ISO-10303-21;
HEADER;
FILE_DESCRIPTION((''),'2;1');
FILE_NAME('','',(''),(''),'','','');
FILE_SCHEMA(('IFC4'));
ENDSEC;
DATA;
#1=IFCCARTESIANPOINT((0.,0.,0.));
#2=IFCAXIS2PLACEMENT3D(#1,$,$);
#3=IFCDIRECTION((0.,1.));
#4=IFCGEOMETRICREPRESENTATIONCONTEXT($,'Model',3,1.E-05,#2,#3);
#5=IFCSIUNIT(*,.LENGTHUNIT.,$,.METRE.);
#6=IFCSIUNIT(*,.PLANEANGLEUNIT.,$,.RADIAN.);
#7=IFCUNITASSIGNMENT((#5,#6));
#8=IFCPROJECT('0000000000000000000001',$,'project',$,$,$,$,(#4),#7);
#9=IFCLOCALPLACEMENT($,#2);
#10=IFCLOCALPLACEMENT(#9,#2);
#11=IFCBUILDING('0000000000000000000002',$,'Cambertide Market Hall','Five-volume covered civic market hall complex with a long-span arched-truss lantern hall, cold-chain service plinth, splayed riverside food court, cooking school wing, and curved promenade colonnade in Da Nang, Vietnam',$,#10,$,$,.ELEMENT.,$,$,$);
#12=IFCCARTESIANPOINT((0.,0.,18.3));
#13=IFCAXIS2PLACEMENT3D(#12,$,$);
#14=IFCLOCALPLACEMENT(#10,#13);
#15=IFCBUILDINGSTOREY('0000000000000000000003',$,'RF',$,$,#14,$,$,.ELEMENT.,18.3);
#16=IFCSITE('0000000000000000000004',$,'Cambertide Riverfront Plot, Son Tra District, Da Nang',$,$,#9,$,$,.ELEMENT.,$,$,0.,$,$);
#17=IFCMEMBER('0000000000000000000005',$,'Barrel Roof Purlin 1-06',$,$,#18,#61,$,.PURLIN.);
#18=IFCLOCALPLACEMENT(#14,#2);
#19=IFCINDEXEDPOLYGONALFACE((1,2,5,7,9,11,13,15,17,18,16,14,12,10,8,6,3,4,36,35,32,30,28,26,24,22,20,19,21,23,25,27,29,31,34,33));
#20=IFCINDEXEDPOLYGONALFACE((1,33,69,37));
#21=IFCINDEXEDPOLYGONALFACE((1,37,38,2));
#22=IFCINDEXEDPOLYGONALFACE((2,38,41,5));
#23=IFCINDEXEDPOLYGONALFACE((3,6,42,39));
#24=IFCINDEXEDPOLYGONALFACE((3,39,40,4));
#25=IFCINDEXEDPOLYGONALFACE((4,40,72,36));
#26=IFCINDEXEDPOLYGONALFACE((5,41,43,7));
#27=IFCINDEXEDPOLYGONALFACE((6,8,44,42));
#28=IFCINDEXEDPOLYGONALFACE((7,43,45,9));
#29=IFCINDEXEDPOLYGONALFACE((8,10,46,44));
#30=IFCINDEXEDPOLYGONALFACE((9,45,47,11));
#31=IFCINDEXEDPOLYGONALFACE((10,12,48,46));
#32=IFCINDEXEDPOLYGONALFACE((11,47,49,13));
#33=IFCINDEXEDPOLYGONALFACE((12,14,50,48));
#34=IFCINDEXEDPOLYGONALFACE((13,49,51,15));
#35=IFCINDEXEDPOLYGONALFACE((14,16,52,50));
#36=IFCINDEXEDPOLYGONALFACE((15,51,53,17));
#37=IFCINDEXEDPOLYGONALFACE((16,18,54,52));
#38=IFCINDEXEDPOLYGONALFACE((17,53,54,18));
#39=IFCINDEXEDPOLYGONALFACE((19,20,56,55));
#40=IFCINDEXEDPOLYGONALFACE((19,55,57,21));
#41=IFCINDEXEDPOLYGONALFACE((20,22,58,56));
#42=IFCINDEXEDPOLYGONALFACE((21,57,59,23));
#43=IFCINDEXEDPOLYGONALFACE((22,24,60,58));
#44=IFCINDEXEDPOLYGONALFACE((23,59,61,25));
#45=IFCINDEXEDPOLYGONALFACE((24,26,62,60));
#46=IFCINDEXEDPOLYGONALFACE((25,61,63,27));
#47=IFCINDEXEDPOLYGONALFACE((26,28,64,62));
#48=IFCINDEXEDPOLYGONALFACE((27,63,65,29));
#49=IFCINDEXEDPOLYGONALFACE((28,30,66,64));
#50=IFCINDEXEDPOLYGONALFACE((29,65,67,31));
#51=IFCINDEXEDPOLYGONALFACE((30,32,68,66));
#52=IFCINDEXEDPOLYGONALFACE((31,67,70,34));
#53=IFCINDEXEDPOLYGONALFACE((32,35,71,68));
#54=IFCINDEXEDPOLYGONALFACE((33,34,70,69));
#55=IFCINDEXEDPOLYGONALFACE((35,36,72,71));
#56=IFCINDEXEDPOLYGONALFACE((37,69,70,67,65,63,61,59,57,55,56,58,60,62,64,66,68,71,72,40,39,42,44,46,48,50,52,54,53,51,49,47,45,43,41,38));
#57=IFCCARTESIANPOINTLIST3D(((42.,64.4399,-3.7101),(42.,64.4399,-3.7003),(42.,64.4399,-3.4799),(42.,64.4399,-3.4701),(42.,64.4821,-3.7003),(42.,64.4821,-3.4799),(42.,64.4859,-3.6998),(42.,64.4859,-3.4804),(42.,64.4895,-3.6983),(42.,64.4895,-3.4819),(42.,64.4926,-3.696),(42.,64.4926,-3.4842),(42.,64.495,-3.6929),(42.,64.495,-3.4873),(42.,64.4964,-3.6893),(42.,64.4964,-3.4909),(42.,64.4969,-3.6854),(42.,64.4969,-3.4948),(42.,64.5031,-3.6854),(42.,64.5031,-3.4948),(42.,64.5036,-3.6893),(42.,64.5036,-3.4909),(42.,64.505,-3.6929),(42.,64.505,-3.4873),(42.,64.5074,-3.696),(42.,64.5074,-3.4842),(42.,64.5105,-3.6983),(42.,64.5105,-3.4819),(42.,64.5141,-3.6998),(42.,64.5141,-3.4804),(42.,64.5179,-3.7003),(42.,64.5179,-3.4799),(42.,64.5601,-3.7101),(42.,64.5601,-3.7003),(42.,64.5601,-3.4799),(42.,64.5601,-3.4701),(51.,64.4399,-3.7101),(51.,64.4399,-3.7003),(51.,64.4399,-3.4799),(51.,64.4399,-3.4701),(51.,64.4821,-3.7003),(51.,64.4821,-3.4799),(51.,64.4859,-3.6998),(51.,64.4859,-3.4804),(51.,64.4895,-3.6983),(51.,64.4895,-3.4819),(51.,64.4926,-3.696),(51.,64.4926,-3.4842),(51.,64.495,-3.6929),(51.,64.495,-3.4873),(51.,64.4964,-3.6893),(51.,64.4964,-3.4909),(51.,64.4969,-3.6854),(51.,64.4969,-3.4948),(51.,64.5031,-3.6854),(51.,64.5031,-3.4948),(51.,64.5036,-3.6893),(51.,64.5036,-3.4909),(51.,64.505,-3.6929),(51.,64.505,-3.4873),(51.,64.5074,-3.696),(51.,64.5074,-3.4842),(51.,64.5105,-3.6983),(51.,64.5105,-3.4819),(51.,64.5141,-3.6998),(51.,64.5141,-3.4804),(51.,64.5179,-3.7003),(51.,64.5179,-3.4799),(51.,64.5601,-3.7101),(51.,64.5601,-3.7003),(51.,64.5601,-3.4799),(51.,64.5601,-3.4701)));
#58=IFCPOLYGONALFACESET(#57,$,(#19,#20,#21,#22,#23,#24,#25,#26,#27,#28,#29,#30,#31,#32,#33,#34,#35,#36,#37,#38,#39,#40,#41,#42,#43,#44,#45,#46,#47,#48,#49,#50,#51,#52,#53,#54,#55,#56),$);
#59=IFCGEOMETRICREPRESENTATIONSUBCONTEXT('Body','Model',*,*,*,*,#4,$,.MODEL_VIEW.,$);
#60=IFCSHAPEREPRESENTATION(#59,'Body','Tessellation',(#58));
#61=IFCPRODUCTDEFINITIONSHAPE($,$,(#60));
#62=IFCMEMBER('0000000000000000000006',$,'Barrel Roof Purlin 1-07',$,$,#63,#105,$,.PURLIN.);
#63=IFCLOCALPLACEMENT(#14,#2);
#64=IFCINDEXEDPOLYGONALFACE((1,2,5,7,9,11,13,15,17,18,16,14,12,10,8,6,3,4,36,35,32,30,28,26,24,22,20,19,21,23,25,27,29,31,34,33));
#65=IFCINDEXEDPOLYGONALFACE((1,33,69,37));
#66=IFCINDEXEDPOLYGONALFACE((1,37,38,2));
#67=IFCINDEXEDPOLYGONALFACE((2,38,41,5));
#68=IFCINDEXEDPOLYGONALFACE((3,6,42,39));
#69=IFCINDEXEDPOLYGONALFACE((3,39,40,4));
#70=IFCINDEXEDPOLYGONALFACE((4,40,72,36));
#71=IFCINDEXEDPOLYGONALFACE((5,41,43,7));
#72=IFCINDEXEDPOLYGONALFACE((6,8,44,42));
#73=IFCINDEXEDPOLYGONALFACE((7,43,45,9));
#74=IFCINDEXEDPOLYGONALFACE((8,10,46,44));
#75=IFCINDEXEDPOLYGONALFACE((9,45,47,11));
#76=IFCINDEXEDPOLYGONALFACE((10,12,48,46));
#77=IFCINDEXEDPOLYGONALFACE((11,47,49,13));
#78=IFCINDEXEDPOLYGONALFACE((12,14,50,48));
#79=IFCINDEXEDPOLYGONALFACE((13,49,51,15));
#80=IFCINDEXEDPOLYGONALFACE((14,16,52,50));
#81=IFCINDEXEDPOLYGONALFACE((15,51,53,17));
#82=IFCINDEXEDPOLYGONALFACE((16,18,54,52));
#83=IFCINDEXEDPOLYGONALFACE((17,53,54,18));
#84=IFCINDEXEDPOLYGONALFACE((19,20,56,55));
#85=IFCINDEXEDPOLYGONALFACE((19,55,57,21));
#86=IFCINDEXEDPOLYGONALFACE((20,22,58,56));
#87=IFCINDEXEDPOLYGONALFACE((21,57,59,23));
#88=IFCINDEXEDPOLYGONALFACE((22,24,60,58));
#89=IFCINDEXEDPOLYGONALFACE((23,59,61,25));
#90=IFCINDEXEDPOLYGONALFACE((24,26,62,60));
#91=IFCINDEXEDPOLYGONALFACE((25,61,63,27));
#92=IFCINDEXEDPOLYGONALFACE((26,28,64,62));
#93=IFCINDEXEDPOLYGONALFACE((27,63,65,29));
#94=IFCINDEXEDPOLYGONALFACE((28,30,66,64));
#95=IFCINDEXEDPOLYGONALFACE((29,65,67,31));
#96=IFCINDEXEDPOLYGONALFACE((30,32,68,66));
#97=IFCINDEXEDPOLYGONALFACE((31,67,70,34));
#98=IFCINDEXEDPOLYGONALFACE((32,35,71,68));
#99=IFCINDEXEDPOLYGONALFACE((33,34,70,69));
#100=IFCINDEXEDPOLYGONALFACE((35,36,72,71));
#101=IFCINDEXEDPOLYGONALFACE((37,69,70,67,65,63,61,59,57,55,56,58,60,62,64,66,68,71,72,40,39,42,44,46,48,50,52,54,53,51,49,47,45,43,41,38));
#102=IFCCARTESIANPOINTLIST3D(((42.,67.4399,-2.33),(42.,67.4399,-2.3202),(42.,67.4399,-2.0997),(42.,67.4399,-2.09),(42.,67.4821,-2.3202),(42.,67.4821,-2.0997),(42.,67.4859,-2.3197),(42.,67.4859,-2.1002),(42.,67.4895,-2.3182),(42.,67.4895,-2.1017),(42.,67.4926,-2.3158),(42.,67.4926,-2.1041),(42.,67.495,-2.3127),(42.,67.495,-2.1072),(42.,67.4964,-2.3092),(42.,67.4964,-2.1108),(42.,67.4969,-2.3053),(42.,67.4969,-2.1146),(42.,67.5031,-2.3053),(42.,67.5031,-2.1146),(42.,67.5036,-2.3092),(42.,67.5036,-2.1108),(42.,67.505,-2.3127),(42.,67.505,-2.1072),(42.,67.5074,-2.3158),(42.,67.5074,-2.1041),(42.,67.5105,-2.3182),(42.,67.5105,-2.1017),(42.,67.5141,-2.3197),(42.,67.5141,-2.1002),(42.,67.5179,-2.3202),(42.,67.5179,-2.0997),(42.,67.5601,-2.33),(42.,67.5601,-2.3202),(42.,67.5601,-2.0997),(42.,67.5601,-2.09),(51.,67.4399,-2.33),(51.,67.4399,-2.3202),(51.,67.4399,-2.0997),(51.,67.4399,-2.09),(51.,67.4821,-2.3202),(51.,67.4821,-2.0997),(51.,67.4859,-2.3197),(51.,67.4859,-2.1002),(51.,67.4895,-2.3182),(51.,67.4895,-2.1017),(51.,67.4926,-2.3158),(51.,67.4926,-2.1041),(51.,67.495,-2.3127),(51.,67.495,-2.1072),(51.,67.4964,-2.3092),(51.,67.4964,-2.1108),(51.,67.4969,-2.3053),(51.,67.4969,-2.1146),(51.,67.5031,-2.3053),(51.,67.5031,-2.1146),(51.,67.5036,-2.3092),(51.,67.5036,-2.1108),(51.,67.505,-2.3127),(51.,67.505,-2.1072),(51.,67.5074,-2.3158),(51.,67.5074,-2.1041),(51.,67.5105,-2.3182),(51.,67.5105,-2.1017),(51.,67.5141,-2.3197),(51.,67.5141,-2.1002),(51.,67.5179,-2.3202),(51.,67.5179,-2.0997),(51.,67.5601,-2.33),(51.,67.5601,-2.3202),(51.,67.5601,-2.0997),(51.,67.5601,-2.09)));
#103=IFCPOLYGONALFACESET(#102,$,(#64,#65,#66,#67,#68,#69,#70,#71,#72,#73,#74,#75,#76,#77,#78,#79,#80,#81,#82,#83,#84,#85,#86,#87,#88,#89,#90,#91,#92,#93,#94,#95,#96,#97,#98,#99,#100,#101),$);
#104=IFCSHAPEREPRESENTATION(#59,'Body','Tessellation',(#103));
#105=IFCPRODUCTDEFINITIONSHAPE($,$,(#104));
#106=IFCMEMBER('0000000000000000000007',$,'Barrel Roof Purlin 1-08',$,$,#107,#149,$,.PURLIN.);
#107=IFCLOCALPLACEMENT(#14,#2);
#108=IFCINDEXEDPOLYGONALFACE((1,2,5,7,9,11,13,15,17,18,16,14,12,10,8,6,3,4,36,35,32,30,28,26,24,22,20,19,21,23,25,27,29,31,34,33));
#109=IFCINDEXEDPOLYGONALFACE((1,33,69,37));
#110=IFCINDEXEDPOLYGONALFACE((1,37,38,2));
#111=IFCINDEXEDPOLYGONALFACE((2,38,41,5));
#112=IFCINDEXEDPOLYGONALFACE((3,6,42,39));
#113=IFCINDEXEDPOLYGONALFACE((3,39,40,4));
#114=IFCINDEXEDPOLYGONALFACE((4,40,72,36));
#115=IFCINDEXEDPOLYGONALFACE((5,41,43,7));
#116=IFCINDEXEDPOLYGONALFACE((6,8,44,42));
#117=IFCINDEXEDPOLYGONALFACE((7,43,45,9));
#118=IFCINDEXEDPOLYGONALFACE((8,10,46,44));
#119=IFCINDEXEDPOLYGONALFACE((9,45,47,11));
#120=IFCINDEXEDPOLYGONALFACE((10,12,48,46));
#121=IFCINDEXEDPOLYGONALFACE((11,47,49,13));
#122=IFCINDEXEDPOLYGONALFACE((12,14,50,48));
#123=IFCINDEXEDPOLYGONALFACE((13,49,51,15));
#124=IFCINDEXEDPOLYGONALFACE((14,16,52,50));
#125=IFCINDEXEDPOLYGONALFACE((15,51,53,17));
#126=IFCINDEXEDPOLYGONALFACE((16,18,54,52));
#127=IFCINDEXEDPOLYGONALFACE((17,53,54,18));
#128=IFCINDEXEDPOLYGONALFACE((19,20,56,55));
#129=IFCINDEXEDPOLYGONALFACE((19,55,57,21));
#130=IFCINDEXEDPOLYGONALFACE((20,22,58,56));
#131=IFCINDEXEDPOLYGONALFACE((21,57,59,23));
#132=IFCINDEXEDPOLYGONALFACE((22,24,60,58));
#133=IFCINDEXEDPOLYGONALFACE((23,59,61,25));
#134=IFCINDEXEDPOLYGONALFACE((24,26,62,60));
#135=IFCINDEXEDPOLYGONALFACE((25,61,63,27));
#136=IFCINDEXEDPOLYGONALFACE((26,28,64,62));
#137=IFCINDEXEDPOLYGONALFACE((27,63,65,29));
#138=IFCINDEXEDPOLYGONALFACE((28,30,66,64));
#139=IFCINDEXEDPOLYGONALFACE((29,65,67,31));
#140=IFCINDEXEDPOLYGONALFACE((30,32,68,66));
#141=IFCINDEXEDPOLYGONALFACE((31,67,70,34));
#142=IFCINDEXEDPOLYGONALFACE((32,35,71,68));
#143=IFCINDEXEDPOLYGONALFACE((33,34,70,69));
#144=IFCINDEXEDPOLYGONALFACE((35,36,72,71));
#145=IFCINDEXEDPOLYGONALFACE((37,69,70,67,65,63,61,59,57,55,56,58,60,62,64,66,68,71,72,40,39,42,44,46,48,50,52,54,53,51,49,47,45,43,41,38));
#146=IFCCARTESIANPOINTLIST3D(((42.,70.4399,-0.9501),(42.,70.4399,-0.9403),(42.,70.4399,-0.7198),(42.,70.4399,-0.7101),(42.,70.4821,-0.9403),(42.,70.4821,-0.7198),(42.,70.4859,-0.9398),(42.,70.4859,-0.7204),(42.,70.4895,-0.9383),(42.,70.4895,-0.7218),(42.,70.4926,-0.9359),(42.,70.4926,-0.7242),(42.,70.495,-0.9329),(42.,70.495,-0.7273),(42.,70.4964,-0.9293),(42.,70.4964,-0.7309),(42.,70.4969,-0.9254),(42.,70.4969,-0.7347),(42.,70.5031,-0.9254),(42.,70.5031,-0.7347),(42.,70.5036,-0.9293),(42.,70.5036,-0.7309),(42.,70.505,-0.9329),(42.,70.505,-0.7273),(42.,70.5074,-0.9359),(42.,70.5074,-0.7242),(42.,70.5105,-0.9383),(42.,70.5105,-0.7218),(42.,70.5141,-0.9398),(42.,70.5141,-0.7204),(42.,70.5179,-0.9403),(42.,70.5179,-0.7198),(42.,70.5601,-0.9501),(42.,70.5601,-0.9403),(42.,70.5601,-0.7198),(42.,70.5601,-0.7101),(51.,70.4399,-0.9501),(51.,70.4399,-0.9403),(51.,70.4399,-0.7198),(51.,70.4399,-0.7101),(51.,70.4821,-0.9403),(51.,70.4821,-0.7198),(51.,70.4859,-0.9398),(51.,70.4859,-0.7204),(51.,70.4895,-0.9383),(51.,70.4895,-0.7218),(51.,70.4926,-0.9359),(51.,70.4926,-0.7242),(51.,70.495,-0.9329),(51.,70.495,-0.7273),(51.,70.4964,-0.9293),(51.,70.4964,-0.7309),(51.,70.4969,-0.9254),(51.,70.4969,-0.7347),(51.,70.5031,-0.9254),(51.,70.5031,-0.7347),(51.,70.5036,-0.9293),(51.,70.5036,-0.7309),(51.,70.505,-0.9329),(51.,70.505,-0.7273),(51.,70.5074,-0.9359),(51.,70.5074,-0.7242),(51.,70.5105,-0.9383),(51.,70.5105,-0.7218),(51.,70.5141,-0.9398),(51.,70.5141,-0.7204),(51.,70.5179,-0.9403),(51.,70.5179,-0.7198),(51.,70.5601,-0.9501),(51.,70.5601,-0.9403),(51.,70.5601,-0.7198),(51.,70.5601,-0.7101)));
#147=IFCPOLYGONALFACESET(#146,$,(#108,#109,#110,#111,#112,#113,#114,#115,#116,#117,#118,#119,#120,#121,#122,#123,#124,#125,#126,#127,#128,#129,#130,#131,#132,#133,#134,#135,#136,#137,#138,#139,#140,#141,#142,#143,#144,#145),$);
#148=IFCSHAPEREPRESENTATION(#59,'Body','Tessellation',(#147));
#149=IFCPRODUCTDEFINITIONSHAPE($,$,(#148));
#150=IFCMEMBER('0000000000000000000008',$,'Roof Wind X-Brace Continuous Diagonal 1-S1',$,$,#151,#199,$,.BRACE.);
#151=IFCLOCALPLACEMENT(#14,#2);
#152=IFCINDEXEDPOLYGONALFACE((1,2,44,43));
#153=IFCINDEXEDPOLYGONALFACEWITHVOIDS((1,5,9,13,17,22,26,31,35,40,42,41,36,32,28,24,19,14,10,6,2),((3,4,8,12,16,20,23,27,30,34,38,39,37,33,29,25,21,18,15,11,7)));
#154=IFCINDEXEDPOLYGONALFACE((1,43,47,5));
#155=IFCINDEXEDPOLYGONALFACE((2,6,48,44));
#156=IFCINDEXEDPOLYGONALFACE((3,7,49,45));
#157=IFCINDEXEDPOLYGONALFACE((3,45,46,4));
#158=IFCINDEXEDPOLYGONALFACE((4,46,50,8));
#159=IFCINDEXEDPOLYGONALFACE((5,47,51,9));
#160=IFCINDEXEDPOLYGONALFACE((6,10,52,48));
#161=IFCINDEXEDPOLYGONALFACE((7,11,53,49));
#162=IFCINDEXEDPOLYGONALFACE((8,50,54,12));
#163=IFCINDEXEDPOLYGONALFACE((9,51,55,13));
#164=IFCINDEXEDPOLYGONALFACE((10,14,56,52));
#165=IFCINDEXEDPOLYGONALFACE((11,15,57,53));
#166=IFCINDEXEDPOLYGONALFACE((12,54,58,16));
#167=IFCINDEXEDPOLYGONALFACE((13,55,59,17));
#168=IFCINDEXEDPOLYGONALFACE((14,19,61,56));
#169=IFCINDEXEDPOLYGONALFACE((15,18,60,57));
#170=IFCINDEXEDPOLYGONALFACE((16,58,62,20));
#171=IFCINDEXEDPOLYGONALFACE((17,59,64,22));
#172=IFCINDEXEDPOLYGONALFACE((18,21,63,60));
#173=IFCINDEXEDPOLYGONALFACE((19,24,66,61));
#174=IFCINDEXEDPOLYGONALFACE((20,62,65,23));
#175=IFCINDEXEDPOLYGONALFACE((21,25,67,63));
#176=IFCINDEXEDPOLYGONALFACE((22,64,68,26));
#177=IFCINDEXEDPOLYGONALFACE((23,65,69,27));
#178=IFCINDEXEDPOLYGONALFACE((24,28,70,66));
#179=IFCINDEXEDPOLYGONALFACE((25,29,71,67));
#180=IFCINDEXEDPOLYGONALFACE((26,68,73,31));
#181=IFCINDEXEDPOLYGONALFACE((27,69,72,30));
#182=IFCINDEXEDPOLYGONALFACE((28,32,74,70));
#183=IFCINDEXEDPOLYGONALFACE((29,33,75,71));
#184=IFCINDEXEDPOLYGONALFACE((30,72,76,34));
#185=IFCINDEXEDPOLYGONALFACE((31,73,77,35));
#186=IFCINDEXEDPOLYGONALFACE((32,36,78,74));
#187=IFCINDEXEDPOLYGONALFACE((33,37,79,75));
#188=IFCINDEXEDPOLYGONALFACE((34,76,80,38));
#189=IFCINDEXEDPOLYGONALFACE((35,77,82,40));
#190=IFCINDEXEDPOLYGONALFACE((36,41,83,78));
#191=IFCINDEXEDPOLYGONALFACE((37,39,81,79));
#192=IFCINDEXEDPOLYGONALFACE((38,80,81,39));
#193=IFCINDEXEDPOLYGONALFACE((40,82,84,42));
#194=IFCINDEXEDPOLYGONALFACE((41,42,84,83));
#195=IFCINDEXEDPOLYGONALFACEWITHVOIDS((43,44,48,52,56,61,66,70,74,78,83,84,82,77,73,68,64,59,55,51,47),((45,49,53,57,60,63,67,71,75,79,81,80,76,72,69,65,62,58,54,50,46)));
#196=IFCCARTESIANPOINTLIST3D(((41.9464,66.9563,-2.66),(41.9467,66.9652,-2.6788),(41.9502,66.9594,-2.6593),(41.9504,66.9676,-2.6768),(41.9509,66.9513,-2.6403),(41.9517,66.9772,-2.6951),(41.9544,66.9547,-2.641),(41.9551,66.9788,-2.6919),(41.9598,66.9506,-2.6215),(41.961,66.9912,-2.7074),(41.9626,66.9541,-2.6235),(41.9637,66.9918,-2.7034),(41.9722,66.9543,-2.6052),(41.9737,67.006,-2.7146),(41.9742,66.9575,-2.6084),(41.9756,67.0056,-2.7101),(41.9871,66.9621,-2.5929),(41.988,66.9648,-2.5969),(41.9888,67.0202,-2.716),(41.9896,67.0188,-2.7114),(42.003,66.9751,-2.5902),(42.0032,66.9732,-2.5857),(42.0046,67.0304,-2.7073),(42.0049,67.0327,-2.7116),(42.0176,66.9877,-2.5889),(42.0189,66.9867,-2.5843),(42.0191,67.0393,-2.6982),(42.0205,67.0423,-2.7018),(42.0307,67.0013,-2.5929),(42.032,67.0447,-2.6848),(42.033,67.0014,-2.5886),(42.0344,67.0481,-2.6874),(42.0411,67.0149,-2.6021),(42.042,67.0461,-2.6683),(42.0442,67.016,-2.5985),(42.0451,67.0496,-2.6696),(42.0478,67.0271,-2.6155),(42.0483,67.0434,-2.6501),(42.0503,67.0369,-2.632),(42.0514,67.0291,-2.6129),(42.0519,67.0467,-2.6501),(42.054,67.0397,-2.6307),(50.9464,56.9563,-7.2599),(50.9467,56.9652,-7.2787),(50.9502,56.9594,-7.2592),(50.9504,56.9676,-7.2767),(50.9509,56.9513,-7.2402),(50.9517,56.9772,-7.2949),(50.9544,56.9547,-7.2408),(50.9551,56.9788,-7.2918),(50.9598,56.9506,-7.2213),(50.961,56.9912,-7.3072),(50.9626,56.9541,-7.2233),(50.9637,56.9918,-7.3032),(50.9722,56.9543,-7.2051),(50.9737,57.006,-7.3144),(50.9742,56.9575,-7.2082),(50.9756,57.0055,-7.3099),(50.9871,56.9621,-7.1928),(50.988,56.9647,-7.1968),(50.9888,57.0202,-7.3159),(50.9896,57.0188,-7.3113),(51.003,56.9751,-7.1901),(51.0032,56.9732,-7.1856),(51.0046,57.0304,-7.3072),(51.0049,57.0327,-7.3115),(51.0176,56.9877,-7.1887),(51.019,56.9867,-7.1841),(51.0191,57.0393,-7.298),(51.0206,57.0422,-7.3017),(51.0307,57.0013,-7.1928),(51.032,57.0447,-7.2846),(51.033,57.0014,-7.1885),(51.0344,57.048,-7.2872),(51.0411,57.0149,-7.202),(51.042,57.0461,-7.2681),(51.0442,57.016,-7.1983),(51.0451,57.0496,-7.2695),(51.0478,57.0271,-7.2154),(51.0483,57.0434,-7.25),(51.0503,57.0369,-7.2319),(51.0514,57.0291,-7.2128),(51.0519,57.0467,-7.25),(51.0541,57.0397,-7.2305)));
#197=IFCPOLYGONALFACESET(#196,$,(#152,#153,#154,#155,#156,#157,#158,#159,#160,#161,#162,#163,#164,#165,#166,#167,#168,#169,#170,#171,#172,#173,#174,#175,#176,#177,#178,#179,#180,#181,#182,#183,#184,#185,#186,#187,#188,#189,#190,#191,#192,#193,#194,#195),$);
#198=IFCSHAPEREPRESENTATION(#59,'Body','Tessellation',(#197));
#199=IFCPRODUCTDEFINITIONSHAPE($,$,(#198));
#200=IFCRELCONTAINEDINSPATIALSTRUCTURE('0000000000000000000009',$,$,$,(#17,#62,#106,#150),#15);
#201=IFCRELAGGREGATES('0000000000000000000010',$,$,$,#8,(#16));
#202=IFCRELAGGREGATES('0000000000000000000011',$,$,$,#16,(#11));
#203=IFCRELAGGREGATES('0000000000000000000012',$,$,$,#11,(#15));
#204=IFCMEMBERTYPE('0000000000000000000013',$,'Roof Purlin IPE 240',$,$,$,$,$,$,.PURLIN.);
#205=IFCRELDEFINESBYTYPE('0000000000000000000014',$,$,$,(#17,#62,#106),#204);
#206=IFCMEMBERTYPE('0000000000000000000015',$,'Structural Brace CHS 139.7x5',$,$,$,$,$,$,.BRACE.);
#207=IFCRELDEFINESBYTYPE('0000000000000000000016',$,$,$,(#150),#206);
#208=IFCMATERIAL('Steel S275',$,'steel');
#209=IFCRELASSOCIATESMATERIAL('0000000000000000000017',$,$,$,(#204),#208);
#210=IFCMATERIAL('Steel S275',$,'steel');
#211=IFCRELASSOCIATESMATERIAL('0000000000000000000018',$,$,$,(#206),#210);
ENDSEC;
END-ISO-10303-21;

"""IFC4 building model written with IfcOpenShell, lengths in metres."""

from ifc_helpers import new_model, si_unit, direction, frame, origin, origin_2d, place, context, subcontext, project, spatial, hollow_circle, i_section, extrude, material, material_profile, profile_set, type_object, element, save


model = new_model("IFC4")

# Units and contexts
model_context = context("Model", 3, precision=1e-05, world=origin(), true_north=direction((0.0, 1.0)))
body_context = subcontext(model_context, "Body", "Model", "MODEL_VIEW")
ifc_project = project(units=[si_unit("LENGTHUNIT", "METRE"), si_unit("PLANEANGLEUNIT", "RADIAN")], contexts=[model_context])

# Site, building, storey
site_placement = place(None, origin())
site = spatial("IfcSite", under=ifc_project, at=site_placement, Name="Cambertide Riverfront Plot, Son Tra District, Da Nang", CompositionType="ELEMENT", RefElevation=0.0)
building_placement = place(site_placement, origin())
building = spatial("IfcBuilding", under=site, at=building_placement, Name="Cambertide Market Hall", Description="Five-volume covered civic market hall complex with a long-span arched-truss lantern hall, cold-chain service plinth, splayed riverside food court, cooking school wing, and curved promenade colonnade in Da Nang, Vietnam", CompositionType="ELEMENT")
storey_placement = place(building_placement, frame((0.0, 0.0, 18.3)))
storey = spatial("IfcBuildingStorey", under=building, at=storey_placement, Name="RF", CompositionType="ELEMENT", Elevation=18.3)

# Members
ifc_material_1 = material(Name="Steel S275", Category="steel")
ifc_material_profile_1 = material_profile(ifc_material_1, i_section(OverallWidth=0.1201, OverallDepth=0.24, WebThickness=0.0061, FlangeThickness=0.0098, FilletRadius=0.0149, at=origin_2d()), Name="IPE 240")
ifc_profile_set_1 = profile_set([ifc_material_profile_1], Name="Steel S275")
member_type_1 = type_object("IfcMemberType", Name="Roof Purlin IPE 240", PredefinedType="PURLIN", material=ifc_profile_set_1)
for number, where, z_axis, x_axis, name in (
    (1, (42.0, 64.5, -3.5901), (1.0, 0.0, 0.0), (0.0, 1.0, 0.0), "Barrel Roof Purlin 1-06"),
    (2, (42.0, 67.5, -2.21), (1.0, 0.0, 0.0), (0.0, 1.0, 0.0), "Barrel Roof Purlin 1-07"),
    (3, (42.0, 70.5, -0.8301), (1.0, 0.0, 0.0), (0.0, 1.0, 0.0), "Barrel Roof Purlin 1-08"),
):
    element("IfcMember", number, at=place(storey_placement, frame(where, z_axis=z_axis, x_axis=x_axis)), inside=storey, type_object=member_type_1, Name=name, PredefinedType="PURLIN", context=body_context, shape_type="SweptSolid", body=[
        extrude(i_section(OverallWidth=0.1201, OverallDepth=0.24, WebThickness=0.0061, FlangeThickness=0.0098, FilletRadius=0.0149, at=origin_2d()), origin(), (0.0, 0.0, 1.0), 9.0),
    ])
ifc_material_2 = material(Name="Steel S275", Category="steel")
ifc_material_profile_2 = material_profile(ifc_material_2, hollow_circle(Radius=0.0698, WallThickness=0.0049, at=origin_2d()), Name="CHS 139.7x5")
ifc_profile_set_2 = profile_set([ifc_material_profile_2], Name="Steel S275")
member_type_2 = type_object("IfcMemberType", Name="Structural Brace CHS 139.7x5", PredefinedType="BRACE", material=ifc_profile_set_2)
member_1_placement = place(storey_placement, frame((42.0, 67.0, -2.6501), z_axis=(0.632989, -0.703321, -0.323518), x_axis=(0.743294, 0.668965, 0.0)))
element("IfcMember", 4, at=member_1_placement, inside=storey, type_object=member_type_2, Name="Roof Wind X-Brace Continuous Diagonal 1-S1", PredefinedType="BRACE", context=body_context, shape_type="SweptSolid", body=[
    extrude(hollow_circle(Radius=0.0698, WallThickness=0.0049, at=origin_2d()), origin(), (0.0, 0.0, 1.0), 14.2183),
])

save(model, "model.ifc")
